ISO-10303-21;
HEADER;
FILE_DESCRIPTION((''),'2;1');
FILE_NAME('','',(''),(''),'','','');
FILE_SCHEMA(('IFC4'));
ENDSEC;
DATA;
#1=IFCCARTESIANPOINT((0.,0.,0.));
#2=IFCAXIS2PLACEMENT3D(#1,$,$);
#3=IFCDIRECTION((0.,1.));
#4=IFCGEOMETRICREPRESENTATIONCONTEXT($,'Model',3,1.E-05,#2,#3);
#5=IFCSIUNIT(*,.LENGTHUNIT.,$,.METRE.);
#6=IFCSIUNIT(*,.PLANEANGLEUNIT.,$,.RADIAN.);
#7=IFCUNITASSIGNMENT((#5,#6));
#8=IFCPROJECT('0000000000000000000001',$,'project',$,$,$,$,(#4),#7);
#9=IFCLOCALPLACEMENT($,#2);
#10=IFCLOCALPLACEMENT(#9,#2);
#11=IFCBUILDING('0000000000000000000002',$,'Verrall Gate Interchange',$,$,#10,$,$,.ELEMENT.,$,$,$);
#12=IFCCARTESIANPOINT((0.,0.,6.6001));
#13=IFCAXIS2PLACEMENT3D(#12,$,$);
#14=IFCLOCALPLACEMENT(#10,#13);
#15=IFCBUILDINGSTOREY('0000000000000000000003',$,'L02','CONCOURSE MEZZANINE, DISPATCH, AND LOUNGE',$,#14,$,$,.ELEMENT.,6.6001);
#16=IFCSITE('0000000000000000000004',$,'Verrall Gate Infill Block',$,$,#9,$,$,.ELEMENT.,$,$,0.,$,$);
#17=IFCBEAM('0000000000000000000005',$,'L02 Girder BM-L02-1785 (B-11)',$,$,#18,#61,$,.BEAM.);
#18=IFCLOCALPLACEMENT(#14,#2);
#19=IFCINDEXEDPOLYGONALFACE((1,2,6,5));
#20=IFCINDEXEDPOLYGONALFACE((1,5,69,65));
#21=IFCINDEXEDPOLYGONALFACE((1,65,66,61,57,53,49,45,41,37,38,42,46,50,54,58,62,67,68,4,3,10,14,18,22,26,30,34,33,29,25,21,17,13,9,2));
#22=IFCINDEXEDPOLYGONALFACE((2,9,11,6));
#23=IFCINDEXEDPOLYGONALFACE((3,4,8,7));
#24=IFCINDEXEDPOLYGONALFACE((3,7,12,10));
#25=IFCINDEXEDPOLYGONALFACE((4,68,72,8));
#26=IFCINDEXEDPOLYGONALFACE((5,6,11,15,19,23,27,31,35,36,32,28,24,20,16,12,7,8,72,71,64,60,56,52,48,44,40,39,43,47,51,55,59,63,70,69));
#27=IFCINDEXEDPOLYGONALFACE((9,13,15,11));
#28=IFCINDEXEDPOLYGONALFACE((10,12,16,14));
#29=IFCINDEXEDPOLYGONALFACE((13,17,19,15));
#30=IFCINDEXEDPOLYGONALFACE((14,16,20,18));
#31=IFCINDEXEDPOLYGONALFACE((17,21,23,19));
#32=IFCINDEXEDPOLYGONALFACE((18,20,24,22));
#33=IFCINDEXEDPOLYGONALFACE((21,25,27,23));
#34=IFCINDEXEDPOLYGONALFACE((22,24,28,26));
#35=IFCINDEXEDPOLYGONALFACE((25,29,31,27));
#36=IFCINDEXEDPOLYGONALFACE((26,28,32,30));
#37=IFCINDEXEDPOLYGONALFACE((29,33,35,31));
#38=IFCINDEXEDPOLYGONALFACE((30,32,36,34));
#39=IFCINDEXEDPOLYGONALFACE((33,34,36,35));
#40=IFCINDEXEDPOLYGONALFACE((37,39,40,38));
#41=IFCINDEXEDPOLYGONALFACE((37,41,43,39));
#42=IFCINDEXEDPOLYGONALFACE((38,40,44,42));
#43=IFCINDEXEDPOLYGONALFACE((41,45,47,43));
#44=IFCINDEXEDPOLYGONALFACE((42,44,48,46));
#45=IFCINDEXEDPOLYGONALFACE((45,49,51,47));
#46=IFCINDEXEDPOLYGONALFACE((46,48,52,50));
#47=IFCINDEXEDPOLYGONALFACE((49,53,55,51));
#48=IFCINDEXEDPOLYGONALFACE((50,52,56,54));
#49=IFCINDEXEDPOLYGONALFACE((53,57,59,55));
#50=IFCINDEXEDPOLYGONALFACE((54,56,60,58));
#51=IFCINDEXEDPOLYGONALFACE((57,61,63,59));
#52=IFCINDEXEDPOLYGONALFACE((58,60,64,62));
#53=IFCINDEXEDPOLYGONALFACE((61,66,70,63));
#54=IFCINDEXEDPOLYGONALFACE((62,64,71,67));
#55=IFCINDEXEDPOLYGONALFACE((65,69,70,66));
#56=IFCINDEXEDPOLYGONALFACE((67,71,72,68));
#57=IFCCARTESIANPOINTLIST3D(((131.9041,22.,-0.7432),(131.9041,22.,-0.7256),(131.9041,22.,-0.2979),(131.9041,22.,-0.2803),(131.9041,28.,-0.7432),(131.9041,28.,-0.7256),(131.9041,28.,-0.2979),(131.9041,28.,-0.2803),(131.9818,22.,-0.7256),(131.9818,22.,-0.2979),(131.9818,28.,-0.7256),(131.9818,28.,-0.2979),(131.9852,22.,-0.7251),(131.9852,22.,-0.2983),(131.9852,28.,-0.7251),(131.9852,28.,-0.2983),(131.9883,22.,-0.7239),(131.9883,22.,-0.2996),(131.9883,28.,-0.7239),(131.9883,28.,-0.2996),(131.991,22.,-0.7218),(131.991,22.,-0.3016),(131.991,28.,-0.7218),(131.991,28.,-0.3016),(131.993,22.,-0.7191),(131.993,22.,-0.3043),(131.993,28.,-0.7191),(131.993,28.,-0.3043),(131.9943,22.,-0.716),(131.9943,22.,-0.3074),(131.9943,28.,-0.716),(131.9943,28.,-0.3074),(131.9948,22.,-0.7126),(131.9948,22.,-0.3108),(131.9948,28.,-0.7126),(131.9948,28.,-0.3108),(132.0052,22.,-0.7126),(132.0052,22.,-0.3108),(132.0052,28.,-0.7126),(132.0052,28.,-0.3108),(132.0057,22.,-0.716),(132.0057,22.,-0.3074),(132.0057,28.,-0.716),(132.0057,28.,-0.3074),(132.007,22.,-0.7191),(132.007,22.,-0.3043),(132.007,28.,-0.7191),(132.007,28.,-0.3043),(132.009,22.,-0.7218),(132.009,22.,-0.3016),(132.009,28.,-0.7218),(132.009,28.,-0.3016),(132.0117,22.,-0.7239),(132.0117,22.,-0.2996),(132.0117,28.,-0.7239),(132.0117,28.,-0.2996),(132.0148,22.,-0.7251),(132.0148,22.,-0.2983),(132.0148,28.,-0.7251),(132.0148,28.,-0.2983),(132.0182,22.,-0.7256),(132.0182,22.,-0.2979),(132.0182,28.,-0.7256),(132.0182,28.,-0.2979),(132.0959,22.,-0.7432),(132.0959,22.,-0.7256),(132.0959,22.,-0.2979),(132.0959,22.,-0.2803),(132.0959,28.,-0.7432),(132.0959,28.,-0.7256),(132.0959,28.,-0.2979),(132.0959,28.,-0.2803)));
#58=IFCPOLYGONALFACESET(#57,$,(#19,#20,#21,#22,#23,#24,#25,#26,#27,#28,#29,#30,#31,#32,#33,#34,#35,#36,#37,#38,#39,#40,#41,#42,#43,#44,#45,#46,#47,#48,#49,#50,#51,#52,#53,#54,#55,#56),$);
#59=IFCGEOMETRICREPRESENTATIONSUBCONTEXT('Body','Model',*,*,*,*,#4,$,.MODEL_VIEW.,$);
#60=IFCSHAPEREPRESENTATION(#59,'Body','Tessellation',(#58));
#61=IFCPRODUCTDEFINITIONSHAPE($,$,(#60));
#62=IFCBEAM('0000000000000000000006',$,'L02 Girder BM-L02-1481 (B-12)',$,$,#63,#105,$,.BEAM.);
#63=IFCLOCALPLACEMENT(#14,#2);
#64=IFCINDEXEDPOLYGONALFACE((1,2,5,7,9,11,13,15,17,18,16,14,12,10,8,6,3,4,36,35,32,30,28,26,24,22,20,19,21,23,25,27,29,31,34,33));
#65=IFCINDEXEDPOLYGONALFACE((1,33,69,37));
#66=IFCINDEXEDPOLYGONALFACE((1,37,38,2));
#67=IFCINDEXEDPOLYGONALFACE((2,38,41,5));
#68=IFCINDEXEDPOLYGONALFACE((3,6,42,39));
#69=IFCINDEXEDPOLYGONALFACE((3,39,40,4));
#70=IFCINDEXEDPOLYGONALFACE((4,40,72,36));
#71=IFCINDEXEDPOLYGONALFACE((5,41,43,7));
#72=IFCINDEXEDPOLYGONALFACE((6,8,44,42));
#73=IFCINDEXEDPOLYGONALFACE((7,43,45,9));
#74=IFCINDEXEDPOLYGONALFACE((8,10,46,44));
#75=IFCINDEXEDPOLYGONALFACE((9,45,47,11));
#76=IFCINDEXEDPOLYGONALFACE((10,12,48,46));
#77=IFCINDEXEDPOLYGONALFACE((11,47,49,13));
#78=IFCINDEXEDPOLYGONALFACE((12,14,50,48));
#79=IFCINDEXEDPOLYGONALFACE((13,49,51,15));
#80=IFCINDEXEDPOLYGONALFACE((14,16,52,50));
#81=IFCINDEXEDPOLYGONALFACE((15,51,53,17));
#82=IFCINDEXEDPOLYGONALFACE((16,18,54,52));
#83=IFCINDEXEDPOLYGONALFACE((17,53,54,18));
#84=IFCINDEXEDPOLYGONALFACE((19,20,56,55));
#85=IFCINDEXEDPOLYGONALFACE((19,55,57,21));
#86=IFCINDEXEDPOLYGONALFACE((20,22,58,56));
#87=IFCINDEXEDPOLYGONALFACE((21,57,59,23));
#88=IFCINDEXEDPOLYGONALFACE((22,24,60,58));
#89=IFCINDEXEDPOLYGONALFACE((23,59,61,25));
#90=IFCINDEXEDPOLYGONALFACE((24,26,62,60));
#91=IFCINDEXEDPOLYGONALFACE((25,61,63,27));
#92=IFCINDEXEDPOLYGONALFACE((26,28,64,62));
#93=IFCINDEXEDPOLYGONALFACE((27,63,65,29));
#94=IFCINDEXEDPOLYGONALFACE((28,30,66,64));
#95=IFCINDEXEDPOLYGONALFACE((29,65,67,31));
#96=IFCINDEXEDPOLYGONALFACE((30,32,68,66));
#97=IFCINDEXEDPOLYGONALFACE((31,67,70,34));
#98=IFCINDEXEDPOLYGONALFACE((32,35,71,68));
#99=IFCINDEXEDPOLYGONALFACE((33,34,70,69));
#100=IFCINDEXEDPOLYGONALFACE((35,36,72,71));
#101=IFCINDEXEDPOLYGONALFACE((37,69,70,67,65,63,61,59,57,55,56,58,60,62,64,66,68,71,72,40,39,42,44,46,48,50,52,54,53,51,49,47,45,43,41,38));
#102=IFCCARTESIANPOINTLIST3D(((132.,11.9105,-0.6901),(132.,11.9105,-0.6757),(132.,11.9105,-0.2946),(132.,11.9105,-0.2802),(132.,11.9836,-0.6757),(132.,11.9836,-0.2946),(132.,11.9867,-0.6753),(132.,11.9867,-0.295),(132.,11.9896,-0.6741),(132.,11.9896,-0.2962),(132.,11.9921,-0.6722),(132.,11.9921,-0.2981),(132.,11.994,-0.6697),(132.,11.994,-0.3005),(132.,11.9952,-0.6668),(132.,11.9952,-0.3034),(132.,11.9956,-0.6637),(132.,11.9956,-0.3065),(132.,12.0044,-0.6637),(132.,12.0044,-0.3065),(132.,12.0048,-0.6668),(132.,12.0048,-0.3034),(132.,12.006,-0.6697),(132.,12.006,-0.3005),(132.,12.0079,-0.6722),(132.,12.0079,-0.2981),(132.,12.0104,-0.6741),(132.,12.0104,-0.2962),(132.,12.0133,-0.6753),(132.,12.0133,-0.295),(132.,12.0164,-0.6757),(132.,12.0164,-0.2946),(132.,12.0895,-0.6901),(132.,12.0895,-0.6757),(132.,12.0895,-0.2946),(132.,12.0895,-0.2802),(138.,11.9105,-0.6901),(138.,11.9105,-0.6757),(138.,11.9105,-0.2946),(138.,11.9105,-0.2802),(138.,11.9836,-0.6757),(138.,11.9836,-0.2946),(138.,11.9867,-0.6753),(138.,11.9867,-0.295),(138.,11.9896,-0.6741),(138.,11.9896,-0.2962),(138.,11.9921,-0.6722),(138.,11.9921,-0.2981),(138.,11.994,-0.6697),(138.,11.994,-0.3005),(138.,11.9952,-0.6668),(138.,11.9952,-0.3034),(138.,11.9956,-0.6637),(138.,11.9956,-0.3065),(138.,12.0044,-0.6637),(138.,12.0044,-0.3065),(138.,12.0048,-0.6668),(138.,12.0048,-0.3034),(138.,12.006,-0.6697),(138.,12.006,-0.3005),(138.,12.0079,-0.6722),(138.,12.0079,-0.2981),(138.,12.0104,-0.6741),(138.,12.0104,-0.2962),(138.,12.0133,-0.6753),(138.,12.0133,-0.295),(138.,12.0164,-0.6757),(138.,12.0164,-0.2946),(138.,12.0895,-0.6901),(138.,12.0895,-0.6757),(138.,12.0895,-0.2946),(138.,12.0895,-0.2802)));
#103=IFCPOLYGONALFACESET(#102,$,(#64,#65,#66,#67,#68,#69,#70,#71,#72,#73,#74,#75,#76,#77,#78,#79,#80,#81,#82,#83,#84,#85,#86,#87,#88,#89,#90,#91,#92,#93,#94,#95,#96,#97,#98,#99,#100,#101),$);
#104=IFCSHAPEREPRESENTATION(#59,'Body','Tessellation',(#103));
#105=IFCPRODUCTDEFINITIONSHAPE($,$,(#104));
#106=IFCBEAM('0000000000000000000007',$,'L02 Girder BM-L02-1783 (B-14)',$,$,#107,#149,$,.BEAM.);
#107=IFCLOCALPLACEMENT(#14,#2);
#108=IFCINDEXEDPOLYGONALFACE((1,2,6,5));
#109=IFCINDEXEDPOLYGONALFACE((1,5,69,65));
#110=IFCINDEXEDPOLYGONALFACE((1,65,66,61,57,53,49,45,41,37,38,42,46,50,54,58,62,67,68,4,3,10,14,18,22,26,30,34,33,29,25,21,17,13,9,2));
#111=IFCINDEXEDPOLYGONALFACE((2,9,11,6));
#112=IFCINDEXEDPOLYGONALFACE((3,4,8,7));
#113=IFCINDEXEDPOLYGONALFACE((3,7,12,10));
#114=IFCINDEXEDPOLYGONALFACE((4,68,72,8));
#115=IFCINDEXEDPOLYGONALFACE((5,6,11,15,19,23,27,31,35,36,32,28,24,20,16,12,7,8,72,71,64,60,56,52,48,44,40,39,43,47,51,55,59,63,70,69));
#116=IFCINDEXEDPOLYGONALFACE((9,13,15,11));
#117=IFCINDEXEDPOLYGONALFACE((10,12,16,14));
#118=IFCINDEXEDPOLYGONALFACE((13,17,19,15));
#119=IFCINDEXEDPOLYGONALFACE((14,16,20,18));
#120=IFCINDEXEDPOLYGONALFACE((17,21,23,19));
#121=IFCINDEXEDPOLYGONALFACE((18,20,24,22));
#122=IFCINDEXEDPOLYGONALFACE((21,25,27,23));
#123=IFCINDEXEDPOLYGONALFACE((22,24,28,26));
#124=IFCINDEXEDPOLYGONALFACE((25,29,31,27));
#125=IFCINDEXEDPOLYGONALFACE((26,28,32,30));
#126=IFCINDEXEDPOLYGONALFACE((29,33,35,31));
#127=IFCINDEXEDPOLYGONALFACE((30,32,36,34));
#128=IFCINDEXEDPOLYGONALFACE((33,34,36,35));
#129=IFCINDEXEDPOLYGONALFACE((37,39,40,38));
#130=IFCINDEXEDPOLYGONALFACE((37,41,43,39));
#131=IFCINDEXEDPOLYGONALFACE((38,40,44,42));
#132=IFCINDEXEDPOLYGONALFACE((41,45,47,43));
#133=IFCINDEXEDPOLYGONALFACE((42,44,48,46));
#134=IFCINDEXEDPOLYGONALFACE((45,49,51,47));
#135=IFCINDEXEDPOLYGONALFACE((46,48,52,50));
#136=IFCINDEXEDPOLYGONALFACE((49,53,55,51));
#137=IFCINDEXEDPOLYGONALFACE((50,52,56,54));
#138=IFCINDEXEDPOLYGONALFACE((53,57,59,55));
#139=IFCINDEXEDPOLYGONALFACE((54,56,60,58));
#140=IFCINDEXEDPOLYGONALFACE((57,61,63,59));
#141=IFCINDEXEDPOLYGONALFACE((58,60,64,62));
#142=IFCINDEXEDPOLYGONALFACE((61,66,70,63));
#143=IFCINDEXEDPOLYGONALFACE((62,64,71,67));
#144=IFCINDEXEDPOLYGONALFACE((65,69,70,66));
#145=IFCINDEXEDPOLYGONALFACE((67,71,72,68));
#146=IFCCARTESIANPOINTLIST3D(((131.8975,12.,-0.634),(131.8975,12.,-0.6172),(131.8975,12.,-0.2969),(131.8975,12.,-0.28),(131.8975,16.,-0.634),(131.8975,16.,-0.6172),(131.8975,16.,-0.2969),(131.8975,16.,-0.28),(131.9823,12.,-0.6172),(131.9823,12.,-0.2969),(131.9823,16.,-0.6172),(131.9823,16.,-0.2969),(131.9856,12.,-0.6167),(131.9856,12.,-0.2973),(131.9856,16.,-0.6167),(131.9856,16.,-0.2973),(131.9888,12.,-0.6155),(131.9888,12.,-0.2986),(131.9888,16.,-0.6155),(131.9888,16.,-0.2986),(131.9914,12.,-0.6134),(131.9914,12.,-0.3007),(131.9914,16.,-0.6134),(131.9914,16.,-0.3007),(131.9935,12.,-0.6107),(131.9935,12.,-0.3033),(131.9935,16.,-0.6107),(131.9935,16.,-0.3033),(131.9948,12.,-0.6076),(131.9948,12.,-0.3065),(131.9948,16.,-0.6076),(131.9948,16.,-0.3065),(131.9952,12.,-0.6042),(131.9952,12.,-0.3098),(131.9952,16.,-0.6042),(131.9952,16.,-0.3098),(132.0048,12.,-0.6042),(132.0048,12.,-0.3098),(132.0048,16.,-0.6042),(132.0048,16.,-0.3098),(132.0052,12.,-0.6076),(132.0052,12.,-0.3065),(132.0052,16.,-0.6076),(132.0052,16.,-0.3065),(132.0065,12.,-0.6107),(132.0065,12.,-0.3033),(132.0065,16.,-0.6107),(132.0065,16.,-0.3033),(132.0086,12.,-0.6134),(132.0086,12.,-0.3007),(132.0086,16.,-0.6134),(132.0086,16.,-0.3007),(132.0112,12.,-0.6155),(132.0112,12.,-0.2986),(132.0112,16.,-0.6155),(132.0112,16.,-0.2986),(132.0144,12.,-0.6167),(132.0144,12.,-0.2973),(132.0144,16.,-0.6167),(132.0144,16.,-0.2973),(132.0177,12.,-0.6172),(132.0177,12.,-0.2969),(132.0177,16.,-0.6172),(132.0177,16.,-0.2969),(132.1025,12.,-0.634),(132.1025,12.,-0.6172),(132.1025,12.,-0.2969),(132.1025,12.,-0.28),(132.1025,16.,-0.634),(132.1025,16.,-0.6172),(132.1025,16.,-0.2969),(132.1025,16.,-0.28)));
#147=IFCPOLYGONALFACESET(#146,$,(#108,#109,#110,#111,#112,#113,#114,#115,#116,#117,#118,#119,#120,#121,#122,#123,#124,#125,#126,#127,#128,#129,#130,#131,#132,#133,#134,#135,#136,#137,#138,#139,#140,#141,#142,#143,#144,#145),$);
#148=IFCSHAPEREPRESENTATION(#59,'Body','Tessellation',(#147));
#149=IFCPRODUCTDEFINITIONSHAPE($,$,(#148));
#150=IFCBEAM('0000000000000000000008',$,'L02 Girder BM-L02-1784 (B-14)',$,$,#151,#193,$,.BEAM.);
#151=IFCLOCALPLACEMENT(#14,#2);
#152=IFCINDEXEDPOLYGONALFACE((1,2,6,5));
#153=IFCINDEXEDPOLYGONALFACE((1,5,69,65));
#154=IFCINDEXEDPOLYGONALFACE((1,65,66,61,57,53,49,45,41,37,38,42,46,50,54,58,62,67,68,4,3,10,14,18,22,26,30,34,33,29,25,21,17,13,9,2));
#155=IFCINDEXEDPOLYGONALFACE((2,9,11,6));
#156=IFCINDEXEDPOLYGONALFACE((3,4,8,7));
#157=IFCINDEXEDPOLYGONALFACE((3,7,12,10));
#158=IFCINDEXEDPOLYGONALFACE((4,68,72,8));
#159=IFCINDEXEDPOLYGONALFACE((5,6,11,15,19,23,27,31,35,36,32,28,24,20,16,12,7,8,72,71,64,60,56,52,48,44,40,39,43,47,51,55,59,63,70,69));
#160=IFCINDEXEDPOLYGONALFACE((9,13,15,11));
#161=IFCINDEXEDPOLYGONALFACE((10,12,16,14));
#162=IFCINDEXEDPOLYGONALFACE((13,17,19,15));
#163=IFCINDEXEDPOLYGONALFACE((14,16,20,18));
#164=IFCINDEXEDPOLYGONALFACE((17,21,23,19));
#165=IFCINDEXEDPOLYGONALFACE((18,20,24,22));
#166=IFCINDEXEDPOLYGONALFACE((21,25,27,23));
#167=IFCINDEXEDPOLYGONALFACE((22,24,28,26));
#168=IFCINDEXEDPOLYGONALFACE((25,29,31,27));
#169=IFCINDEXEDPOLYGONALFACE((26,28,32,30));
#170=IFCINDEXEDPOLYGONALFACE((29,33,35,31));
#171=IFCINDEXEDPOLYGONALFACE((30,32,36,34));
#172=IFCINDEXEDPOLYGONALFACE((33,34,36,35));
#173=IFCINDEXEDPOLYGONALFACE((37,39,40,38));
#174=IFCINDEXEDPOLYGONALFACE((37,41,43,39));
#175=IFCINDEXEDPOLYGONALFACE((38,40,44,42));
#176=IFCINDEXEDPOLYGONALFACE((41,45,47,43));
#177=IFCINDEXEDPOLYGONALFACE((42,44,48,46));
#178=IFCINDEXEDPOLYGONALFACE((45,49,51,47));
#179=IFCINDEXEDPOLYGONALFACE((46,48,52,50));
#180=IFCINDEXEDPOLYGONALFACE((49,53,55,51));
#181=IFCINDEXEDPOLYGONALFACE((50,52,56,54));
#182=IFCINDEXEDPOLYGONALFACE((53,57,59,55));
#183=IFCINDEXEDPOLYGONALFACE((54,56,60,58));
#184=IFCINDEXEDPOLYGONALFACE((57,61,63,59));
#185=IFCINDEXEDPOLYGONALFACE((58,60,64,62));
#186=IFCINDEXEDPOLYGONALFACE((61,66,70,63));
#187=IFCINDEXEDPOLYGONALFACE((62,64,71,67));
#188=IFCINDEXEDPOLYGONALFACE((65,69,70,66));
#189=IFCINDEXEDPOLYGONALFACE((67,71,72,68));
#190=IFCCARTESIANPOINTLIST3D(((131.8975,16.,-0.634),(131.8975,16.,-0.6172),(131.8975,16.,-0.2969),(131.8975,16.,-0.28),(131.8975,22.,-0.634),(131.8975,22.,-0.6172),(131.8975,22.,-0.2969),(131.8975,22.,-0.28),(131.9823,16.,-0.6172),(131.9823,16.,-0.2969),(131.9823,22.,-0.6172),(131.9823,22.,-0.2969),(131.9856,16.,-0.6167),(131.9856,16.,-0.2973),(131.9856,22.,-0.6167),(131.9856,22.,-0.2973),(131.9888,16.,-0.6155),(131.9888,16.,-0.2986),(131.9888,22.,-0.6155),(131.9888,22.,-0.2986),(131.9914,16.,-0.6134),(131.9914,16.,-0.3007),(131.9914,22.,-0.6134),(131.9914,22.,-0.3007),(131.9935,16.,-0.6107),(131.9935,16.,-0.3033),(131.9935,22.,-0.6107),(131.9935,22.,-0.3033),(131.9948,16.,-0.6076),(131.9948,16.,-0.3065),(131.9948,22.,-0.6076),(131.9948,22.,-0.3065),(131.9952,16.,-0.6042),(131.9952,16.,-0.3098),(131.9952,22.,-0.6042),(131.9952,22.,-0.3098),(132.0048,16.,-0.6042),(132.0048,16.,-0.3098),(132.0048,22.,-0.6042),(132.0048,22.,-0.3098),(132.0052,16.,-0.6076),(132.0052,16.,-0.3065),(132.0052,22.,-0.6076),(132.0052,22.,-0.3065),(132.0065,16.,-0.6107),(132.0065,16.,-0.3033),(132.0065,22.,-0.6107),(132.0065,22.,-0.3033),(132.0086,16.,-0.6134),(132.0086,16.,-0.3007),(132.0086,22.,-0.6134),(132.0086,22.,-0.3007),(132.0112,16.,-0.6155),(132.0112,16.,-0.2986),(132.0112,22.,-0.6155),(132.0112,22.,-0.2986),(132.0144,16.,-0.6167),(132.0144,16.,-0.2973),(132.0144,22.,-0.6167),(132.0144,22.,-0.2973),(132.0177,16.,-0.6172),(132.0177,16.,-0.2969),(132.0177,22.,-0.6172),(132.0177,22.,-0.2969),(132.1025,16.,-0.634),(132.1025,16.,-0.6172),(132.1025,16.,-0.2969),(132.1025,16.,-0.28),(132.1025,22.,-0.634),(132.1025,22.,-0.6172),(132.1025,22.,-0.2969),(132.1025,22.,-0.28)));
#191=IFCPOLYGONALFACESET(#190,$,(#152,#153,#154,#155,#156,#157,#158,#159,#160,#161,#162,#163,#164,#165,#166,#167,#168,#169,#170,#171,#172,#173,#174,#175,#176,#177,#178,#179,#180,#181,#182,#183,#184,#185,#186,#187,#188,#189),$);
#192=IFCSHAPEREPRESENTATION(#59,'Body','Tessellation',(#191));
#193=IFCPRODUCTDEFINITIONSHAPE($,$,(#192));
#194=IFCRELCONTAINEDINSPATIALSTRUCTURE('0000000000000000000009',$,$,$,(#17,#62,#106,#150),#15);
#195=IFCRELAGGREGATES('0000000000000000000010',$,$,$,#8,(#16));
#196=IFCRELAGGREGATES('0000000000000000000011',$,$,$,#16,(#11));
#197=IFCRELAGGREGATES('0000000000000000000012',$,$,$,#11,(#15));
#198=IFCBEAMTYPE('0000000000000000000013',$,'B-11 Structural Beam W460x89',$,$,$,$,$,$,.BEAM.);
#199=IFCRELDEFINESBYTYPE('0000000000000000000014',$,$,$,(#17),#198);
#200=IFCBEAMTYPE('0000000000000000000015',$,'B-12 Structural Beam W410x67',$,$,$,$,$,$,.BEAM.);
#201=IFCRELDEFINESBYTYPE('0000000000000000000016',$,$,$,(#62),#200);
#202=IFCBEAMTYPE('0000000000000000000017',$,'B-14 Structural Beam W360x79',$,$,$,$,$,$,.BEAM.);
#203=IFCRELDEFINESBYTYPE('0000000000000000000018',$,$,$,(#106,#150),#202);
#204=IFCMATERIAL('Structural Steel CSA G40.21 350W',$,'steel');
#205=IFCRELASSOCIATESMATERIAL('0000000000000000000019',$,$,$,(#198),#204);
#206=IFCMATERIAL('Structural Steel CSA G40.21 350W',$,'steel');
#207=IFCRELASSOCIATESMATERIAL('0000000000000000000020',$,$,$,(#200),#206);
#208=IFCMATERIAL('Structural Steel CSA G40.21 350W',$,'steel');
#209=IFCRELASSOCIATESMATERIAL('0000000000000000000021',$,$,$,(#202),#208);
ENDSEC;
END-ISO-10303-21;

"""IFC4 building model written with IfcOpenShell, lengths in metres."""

from ifc_helpers import new_model, si_unit, direction, frame, origin, origin_2d, place, context, subcontext, project, spatial, i_section, extrude, material, material_profile, profile_set, type_object, element, save


model = new_model("IFC4")

# Units and contexts
model_context = context("Model", 3, precision=1e-05, world=origin(), true_north=direction((0.0, 1.0)))
body_context = subcontext(model_context, "Body", "Model", "MODEL_VIEW")
ifc_project = project(units=[si_unit("LENGTHUNIT", "METRE"), si_unit("PLANEANGLEUNIT", "RADIAN")], contexts=[model_context])

# Site, building, storey
site_placement = place(None, origin())
site = spatial("IfcSite", under=ifc_project, at=site_placement, Name="Verrall Gate Infill Block", CompositionType="ELEMENT", RefElevation=0.0)
building_placement = place(site_placement, origin())
building = spatial("IfcBuilding", under=site, at=building_placement, Name="Verrall Gate Interchange", CompositionType="ELEMENT")
storey_placement = place(building_placement, frame((0.0, 0.0, 6.6001)))
storey = spatial("IfcBuildingStorey", under=building, at=storey_placement, Name="L02", Description="CONCOURSE MEZZANINE, DISPATCH, AND LOUNGE", CompositionType="ELEMENT", Elevation=6.6001)

# Beams
ifc_material_1 = material(Name="Structural Steel CSA G40.21 350W", Category="steel")
ifc_material_profile_1 = material_profile(ifc_material_1, i_section(OverallWidth=0.1919, OverallDepth=0.4629, WebThickness=0.0105, FlangeThickness=0.0176, FilletRadius=0.0129, at=origin_2d()), Name="W460x89")
ifc_profile_set_1 = profile_set([ifc_material_profile_1], Name="Structural Steel CSA G40.21 350W")
beam_type_1 = type_object("IfcBeamType", Name="B-11 Structural Beam W460x89", PredefinedType="BEAM", material=ifc_profile_set_1)
for number, where, z_axis, x_axis, name in (
    (1, (132.0, 22.0, -0.5117), (0.0, 1.0, 0.0), (-1.0, 0.0, 0.0), "L02 Girder BM-L02-1785 (B-11)"),
):
    element("IfcBeam", number, at=place(storey_placement, frame(where, z_axis=z_axis, x_axis=x_axis)), inside=storey, type_object=beam_type_1, Name=name, PredefinedType="BEAM", context=body_context, shape_type="SweptSolid", body=[
        extrude(i_section(OverallWidth=0.1919, OverallDepth=0.4629, WebThickness=0.0105, FlangeThickness=0.0176, FilletRadius=0.0129, at=origin_2d()), origin(), (0.0, 0.0, 1.0), 6.0),
    ])
ifc_material_2 = material(Name="Structural Steel CSA G40.21 350W", Category="steel")
ifc_material_profile_2 = material_profile(ifc_material_2, i_section(OverallWidth=0.179, OverallDepth=0.4099, WebThickness=0.0088, FlangeThickness=0.0144, FilletRadius=0.012, at=origin_2d()), Name="W410x67")
ifc_profile_set_2 = profile_set([ifc_material_profile_2], Name="Structural Steel CSA G40.21 350W")
beam_type_2 = type_object("IfcBeamType", Name="B-12 Structural Beam W410x67", PredefinedType="BEAM", material=ifc_profile_set_2)
beam_1_placement = place(storey_placement, frame((132.0, 12.0, -0.4851), z_axis=(1.0, 0.0, 0.0), x_axis=(0.0, 1.0, 0.0)))
element("IfcBeam", 2, at=beam_1_placement, inside=storey, type_object=beam_type_2, Name="L02 Girder BM-L02-1481 (B-12)", PredefinedType="BEAM", context=body_context, shape_type="SweptSolid", body=[
    extrude(i_section(OverallWidth=0.179, OverallDepth=0.4099, WebThickness=0.0088, FlangeThickness=0.0144, FilletRadius=0.012, at=origin_2d()), origin(), (0.0, 0.0, 1.0), 6.0),
])
ifc_material_3 = material(Name="Structural Steel CSA G40.21 350W", Category="steel")
ifc_material_profile_3 = material_profile(ifc_material_3, i_section(OverallWidth=0.2051, OverallDepth=0.354, WebThickness=0.0095, FlangeThickness=0.0168, FilletRadius=0.0129, at=origin_2d()), Name="W360x79")
ifc_profile_set_3 = profile_set([ifc_material_profile_3], Name="Structural Steel CSA G40.21 350W")
beam_type_3 = type_object("IfcBeamType", Name="B-14 Structural Beam W360x79", PredefinedType="BEAM", material=ifc_profile_set_3)
beam_2_placement = place(storey_placement, frame((132.0, 12.0, -0.457), z_axis=(0.0, 1.0, 0.0), x_axis=(-1.0, 0.0, 0.0)))
element("IfcBeam", 3, at=beam_2_placement, inside=storey, type_object=beam_type_3, Name="L02 Girder BM-L02-1783 (B-14)", PredefinedType="BEAM", context=body_context, shape_type="SweptSolid", body=[
    extrude(i_section(OverallWidth=0.2051, OverallDepth=0.354, WebThickness=0.0095, FlangeThickness=0.0168, FilletRadius=0.0129, at=origin_2d()), origin(), (0.0, 0.0, 1.0), 4.0),
])
beam_3_placement = place(storey_placement, frame((132.0, 16.0, -0.457), z_axis=(0.0, 1.0, 0.0), x_axis=(-1.0, 0.0, 0.0)))
element("IfcBeam", 4, at=beam_3_placement, inside=storey, type_object=beam_type_3, Name="L02 Girder BM-L02-1784 (B-14)", PredefinedType="BEAM", context=body_context, shape_type="SweptSolid", body=[
    extrude(i_section(OverallWidth=0.2051, OverallDepth=0.354, WebThickness=0.0095, FlangeThickness=0.0168, FilletRadius=0.0129, at=origin_2d()), origin(), (0.0, 0.0, 1.0), 6.0),
])

save(model, "model.ifc")
